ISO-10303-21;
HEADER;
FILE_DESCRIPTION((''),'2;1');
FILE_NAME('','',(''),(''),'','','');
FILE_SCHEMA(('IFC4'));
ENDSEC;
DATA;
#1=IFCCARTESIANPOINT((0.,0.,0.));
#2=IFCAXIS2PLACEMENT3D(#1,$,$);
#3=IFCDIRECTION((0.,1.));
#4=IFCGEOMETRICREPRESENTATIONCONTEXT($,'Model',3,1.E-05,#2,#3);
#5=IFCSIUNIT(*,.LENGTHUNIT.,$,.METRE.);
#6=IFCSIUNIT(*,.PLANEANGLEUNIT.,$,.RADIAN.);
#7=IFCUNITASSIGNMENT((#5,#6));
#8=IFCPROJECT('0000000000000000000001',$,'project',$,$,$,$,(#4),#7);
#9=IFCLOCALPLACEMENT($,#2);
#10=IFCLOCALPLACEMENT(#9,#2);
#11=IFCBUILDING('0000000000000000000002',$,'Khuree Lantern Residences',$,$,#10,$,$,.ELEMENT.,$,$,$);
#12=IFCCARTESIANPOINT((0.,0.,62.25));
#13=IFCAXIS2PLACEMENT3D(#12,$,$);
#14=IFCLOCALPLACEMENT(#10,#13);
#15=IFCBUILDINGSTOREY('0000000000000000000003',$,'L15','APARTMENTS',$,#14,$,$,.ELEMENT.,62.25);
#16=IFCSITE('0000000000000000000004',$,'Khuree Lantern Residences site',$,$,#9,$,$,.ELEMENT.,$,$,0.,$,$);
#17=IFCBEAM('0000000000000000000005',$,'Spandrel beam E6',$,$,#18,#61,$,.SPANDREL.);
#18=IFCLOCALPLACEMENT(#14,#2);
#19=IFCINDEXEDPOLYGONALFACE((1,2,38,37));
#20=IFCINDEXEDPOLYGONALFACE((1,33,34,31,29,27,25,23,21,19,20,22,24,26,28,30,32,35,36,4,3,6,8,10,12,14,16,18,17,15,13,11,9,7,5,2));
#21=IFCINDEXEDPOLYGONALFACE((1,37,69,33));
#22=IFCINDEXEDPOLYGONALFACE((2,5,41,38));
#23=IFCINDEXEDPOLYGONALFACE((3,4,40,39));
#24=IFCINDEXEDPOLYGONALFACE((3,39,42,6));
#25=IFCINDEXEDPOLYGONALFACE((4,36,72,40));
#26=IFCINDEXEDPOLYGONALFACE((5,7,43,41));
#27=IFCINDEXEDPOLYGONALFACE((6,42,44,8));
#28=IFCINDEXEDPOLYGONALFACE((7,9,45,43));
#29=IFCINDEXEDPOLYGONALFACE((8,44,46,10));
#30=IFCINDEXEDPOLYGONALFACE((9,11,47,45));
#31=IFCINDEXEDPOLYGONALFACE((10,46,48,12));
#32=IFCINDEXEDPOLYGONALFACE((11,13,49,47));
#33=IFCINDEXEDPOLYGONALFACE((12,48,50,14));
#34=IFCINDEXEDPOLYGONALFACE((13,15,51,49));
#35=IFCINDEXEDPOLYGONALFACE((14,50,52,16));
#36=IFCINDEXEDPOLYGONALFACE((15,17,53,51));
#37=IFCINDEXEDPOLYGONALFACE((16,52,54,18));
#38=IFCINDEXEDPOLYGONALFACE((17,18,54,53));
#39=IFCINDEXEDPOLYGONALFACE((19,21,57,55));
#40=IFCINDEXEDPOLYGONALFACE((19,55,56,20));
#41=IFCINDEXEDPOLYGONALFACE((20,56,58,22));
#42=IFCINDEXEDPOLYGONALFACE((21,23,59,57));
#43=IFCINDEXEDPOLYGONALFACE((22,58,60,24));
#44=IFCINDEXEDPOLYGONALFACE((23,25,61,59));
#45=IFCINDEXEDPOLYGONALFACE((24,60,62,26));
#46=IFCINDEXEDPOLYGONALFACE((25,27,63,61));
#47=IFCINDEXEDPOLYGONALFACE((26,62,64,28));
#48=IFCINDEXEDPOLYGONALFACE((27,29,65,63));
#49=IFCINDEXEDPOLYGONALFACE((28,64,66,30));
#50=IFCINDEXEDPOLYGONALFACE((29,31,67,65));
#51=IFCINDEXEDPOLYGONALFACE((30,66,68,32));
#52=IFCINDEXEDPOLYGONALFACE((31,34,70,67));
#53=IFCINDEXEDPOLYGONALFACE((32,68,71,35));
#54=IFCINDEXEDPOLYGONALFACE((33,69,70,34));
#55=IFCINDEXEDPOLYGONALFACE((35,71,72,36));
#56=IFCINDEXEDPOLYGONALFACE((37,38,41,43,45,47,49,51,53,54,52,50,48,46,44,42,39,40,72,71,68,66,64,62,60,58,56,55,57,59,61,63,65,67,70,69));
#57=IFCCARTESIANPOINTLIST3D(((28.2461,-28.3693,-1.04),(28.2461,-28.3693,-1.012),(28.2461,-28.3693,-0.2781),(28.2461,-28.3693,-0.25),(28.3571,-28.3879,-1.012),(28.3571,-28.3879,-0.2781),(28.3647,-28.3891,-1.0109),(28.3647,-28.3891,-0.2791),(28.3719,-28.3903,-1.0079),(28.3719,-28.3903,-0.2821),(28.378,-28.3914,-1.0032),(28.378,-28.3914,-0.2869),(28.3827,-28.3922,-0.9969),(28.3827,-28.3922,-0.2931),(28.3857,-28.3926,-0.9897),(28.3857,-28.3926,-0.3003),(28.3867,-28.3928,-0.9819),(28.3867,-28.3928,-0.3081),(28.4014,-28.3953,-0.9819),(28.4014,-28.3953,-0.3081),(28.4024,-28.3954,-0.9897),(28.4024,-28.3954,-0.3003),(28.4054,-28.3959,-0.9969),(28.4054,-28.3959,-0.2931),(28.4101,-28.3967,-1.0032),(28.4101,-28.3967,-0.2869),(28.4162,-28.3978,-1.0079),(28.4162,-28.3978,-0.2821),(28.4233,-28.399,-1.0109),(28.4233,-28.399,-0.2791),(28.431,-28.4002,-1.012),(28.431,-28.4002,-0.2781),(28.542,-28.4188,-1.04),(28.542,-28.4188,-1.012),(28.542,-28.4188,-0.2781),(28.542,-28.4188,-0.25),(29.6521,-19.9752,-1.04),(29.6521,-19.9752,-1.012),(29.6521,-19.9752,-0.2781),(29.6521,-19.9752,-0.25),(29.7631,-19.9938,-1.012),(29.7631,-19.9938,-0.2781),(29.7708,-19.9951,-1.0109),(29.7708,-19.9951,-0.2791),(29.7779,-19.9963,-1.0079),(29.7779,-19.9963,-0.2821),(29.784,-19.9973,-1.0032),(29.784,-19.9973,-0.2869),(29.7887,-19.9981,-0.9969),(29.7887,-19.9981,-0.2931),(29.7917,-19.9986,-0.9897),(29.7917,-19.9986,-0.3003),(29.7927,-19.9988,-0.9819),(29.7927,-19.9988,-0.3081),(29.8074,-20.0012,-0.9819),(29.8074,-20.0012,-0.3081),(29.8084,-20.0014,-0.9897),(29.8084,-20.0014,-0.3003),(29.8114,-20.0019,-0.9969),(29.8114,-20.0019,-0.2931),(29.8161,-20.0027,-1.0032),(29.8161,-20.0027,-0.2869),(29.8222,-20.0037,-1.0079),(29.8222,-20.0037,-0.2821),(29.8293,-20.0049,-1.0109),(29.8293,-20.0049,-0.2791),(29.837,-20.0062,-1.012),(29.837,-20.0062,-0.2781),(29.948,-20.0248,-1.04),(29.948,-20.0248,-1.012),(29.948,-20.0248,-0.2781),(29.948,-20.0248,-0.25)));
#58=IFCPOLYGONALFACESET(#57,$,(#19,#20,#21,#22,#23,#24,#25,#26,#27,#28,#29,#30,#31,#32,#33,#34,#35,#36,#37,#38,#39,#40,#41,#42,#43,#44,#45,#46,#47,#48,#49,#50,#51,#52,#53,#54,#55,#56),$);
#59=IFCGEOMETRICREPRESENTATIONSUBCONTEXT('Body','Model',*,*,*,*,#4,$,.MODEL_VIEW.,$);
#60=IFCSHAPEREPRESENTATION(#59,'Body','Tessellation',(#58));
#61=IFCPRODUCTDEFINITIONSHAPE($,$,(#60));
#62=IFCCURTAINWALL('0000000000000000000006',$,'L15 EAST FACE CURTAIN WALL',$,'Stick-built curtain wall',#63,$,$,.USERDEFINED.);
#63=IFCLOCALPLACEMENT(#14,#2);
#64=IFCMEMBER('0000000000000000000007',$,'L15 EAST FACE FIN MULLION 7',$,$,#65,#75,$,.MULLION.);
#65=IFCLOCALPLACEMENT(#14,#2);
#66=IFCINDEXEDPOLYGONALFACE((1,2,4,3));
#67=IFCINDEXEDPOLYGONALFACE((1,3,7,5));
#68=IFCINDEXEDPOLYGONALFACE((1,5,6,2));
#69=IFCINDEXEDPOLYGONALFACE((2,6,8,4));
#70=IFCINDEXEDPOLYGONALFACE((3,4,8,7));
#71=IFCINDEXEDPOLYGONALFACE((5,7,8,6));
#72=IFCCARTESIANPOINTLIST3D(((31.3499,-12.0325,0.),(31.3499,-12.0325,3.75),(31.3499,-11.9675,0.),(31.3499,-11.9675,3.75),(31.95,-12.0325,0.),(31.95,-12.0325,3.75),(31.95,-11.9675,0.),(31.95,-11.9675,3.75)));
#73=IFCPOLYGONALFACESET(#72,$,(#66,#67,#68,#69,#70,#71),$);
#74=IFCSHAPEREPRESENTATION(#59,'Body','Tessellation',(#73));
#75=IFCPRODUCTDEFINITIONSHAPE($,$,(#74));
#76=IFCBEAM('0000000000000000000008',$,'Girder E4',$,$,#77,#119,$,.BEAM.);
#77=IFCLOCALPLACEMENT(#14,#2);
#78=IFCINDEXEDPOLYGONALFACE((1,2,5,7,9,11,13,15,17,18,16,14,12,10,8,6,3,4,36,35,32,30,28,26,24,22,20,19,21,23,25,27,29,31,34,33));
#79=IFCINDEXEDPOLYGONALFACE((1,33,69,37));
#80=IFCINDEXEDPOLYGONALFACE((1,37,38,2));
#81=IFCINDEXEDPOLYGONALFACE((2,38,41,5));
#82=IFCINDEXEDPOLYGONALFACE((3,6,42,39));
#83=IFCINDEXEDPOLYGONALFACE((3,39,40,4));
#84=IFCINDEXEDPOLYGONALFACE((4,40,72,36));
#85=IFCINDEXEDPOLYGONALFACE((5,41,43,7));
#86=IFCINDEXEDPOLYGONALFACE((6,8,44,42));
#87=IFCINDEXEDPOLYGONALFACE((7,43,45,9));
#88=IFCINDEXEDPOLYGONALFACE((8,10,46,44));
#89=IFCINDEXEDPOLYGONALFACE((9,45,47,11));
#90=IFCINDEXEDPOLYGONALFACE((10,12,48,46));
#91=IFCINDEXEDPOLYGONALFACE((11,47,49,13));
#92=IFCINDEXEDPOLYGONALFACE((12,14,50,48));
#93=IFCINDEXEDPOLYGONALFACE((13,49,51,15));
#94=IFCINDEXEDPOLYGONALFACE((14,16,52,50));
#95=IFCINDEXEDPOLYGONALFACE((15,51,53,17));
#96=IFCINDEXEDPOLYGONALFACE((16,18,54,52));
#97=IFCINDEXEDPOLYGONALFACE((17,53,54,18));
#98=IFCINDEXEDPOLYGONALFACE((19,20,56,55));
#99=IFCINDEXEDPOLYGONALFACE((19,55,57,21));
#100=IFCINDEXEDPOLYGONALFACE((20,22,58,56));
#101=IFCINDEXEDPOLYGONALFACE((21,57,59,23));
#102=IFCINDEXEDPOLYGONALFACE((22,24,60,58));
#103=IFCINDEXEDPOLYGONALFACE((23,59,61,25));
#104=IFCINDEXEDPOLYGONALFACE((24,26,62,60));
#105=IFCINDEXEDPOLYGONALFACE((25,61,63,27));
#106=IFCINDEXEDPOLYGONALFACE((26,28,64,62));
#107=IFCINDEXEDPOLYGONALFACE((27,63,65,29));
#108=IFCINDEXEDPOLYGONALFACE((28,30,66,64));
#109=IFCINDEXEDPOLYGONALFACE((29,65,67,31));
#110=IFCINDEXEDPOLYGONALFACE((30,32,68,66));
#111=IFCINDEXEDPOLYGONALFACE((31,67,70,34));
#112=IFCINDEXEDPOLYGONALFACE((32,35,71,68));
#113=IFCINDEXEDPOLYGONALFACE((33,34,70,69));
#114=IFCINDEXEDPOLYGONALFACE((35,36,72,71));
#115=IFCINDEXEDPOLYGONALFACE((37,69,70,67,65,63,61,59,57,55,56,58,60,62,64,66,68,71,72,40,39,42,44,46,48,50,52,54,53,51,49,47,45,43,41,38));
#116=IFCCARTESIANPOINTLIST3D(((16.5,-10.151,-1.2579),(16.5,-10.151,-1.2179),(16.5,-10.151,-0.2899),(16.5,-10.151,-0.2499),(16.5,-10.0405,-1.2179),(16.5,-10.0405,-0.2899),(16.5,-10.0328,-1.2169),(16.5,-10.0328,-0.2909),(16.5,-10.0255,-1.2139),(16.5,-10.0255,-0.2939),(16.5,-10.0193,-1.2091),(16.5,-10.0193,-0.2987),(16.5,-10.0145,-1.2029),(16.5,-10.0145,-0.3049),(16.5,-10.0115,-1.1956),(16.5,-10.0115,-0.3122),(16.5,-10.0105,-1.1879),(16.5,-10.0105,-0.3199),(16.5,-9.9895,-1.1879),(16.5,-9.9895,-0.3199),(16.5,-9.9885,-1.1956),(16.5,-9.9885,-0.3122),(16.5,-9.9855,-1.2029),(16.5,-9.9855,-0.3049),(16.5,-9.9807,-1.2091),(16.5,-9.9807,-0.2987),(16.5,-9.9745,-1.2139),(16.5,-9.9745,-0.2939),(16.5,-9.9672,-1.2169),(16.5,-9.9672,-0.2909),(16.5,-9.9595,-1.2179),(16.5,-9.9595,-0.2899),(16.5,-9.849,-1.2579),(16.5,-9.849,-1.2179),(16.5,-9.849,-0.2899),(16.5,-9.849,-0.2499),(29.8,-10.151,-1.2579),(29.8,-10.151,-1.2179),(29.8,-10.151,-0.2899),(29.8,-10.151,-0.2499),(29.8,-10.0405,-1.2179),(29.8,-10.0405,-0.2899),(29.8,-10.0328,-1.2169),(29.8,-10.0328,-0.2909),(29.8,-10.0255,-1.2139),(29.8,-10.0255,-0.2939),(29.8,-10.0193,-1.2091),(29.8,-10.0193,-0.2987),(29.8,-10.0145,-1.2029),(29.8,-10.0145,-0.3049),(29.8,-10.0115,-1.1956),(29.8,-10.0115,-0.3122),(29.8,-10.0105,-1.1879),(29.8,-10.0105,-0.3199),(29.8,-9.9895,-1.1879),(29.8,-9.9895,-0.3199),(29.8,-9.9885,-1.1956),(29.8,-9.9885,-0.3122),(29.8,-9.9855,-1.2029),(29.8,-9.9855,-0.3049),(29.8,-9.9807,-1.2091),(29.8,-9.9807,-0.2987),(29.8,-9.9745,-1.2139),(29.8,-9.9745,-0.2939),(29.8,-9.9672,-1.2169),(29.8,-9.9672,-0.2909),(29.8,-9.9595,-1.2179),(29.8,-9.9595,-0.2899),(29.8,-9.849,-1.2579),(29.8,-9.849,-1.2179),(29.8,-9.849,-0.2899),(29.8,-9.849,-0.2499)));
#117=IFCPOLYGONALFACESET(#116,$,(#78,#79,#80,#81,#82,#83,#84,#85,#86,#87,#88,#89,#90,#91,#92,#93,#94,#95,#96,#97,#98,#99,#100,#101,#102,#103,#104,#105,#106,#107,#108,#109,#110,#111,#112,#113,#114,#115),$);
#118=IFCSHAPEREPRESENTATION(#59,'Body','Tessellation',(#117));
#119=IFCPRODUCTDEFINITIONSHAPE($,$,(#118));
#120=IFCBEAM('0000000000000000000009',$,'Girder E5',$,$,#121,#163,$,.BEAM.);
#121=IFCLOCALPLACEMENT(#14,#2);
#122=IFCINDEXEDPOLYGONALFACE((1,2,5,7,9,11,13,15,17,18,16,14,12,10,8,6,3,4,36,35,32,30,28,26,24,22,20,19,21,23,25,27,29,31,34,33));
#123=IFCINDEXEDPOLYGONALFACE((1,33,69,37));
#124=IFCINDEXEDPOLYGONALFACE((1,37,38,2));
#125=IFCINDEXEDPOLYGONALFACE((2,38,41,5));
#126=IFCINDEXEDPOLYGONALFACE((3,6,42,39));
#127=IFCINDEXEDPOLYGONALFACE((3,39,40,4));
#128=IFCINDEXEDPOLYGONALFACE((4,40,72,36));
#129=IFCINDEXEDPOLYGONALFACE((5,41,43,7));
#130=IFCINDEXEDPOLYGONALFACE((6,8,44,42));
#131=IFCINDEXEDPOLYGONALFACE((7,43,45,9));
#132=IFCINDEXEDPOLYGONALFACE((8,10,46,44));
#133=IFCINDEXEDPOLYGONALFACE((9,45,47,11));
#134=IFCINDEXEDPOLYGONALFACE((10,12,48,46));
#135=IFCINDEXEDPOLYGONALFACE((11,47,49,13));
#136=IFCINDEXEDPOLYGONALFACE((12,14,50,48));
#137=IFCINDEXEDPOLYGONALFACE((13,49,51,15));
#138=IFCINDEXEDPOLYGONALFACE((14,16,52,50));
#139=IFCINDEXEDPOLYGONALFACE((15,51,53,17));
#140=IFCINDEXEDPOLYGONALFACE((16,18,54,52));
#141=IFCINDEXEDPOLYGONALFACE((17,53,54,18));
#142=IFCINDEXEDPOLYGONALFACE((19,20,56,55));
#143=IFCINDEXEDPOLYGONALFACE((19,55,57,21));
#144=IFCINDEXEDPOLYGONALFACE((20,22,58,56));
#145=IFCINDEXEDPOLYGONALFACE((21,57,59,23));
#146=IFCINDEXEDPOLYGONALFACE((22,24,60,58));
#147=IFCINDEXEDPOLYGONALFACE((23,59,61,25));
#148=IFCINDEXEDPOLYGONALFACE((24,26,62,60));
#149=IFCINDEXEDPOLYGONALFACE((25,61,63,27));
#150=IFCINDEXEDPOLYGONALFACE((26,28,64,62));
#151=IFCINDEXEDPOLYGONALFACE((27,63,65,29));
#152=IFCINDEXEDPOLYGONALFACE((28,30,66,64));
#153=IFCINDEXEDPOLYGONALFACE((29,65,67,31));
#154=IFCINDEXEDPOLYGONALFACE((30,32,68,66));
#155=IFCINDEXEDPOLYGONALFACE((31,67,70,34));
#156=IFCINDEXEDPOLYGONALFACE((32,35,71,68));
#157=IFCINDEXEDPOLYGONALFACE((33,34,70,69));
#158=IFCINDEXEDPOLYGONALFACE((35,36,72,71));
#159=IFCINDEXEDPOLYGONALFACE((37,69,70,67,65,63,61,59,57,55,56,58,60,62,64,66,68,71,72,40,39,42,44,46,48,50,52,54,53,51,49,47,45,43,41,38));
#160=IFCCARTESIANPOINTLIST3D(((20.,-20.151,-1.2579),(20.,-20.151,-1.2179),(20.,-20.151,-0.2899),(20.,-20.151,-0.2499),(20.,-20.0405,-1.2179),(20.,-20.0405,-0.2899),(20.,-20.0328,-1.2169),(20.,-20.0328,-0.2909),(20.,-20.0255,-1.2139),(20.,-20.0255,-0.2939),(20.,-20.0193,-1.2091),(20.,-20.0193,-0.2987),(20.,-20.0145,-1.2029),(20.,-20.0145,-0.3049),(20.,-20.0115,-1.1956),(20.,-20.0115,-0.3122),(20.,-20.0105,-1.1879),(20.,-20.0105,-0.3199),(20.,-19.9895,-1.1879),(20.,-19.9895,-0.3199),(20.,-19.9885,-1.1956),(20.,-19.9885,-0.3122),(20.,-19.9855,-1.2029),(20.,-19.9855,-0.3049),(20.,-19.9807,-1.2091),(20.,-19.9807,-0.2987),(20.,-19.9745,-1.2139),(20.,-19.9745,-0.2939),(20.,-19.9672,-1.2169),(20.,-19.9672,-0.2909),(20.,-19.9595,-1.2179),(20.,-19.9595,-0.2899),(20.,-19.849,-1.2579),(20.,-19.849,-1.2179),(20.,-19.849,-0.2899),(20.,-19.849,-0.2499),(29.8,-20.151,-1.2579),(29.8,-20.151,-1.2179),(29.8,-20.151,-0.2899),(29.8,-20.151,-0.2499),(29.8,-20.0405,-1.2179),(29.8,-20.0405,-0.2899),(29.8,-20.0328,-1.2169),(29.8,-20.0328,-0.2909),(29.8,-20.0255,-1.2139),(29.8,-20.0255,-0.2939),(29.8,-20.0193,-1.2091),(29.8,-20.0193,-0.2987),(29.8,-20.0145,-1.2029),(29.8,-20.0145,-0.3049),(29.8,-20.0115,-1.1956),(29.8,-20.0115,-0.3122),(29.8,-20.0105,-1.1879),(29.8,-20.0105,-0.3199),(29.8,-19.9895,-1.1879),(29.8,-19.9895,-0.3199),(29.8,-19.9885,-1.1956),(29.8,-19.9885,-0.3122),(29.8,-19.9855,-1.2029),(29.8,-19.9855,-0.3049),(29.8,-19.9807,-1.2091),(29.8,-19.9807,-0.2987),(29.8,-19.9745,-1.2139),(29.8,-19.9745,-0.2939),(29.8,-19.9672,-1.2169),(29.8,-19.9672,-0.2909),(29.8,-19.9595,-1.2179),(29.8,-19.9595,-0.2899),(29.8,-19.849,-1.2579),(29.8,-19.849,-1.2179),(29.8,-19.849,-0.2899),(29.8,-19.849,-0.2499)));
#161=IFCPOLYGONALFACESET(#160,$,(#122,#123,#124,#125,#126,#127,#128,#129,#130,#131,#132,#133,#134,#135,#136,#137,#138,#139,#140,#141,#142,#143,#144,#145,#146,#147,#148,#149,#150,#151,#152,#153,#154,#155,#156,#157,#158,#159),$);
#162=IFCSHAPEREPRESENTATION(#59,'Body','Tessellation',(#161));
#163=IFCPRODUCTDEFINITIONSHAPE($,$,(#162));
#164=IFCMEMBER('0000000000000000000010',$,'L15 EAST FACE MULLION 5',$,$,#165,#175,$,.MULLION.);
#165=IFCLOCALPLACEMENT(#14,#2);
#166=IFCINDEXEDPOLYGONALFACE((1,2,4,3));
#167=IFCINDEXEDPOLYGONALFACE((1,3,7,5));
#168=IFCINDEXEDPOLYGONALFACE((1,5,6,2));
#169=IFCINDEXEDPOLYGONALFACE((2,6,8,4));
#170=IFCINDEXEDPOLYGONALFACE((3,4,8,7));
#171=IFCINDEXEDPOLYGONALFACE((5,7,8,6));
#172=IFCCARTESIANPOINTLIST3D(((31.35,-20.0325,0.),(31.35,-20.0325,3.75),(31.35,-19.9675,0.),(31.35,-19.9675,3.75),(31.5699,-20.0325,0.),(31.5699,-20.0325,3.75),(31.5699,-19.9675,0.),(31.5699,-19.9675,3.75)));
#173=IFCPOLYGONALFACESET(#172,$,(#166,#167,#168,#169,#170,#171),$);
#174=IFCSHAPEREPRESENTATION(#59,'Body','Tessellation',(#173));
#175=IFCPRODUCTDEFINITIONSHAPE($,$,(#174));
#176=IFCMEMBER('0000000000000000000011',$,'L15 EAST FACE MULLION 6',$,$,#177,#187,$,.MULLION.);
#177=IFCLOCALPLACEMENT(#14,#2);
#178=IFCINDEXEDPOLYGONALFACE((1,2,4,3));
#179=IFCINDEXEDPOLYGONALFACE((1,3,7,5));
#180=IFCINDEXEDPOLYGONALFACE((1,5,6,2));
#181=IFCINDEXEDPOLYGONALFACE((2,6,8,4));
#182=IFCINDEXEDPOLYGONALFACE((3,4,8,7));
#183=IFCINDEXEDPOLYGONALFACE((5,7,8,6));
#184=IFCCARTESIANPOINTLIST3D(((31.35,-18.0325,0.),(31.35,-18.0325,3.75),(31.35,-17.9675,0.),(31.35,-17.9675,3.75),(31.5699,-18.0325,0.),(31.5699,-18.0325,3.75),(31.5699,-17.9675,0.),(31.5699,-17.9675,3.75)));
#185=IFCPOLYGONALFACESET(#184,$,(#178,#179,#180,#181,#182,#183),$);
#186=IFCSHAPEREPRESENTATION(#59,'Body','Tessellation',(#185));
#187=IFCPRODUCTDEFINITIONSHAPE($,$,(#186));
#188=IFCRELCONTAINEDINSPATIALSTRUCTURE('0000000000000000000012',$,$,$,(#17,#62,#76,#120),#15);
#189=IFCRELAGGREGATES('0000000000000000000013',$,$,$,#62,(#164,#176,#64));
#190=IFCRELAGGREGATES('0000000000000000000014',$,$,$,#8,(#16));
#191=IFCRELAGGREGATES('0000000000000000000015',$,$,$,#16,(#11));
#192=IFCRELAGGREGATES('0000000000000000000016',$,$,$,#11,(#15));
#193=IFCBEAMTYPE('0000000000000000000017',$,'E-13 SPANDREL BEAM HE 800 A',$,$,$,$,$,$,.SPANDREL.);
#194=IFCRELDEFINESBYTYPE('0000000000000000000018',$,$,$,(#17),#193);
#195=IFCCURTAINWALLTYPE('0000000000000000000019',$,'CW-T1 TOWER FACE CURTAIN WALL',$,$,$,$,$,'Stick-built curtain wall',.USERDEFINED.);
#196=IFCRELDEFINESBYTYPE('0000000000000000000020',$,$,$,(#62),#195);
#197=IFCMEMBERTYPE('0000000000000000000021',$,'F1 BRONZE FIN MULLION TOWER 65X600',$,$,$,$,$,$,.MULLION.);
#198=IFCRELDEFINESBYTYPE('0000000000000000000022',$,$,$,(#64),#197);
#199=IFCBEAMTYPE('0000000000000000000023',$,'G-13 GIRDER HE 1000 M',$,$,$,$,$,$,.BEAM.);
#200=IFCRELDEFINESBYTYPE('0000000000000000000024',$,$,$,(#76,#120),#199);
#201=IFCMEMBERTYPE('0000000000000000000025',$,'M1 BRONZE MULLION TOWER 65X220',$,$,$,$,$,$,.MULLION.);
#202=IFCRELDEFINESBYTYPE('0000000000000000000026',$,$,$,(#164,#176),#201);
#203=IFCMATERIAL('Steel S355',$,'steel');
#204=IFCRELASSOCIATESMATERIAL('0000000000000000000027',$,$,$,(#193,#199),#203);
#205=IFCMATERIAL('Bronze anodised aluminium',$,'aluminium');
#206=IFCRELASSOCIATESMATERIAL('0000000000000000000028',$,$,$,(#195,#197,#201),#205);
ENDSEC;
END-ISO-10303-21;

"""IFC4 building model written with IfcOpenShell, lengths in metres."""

from ifc_helpers import new_model, si_unit, direction, frame, origin, origin_2d, place, context, subcontext, project, spatial, rectangle, i_section, extrude, material, material_profile, profile_set, type_object, element, aggregate, save


model = new_model("IFC4")

# Units and contexts
model_context = context("Model", 3, precision=1e-05, world=origin(), true_north=direction((0.0, 1.0)))
body_context = subcontext(model_context, "Body", "Model", "MODEL_VIEW")
ifc_project = project(units=[si_unit("LENGTHUNIT", "METRE"), si_unit("PLANEANGLEUNIT", "RADIAN")], contexts=[model_context])

# Site, building, storey
site_placement = place(None, origin())
site = spatial("IfcSite", under=ifc_project, at=site_placement, Name="Khuree Lantern Residences site", CompositionType="ELEMENT", RefElevation=0.0)
building_placement = place(site_placement, origin())
building = spatial("IfcBuilding", under=site, at=building_placement, Name="Khuree Lantern Residences", CompositionType="ELEMENT")
storey_placement = place(building_placement, frame((0.0, 0.0, 62.25)))
storey = spatial("IfcBuildingStorey", under=building, at=storey_placement, Name="L15", Description="APARTMENTS", CompositionType="ELEMENT", Elevation=62.25)

# Beam
ifc_material_1 = material(Name="Steel S355", Category="steel")
ifc_material_profile_1 = material_profile(ifc_material_1, i_section(OverallWidth=0.3, OverallDepth=0.79, WebThickness=0.0149, FlangeThickness=0.0281, FilletRadius=0.03, at=origin_2d()), Name="HE 800 A")
ifc_profile_set_1 = profile_set([ifc_material_profile_1], Name="Steel S355")
beam_type_1 = type_object("IfcBeamType", Name="E-13 SPANDREL BEAM HE 800 A", PredefinedType="SPANDREL", material=ifc_profile_set_1)
beam_1_placement = place(storey_placement, frame((29.8, -20.0, -0.645), z_axis=(-0.165199, -0.98626, 0.0), x_axis=(0.98626, -0.165199, 0.0)))
element("IfcBeam", 1, at=beam_1_placement, inside=storey, type_object=beam_type_1, Name="Spandrel beam E6", PredefinedType="SPANDREL", context=body_context, shape_type="SweptSolid", body=[
    extrude(i_section(OverallWidth=0.3, OverallDepth=0.79, WebThickness=0.0149, FlangeThickness=0.0281, FilletRadius=0.03, at=origin_2d()), origin(), (0.0, 0.0, 1.0), 8.511),
])

# Curtain wall, member
ifc_material_2 = material(Name="Bronze anodised aluminium", Category="aluminium")
curtain_wall_type = type_object("IfcCurtainWallType", Name="CW-T1 TOWER FACE CURTAIN WALL", ElementType="Stick-built curtain wall", PredefinedType="USERDEFINED", material=ifc_material_2)
curtain_wall_placement = place(storey_placement, origin())
curtain_wall = element("IfcCurtainWall", 2, at=curtain_wall_placement, inside=storey, type_object=curtain_wall_type, Name="L15 EAST FACE CURTAIN WALL", ObjectType="Stick-built curtain wall", PredefinedType="USERDEFINED")
ifc_material_profile_2 = material_profile(ifc_material_2, rectangle(XDim=0.0649, YDim=0.6001, at=origin_2d()), Name="F1 65X600")
ifc_profile_set_2 = profile_set([ifc_material_profile_2], Name="Bronze anodised aluminium")
member_type_1 = type_object("IfcMemberType", Name="F1 BRONZE FIN MULLION TOWER 65X600", PredefinedType="MULLION", material=ifc_profile_set_2)
member_1_placement = place(storey_placement, frame((31.6499, -12.0, 0.0), z_axis=(0.0, 0.0, 1.0), x_axis=(0.0, 1.0, 0.0)))
member_1 = element("IfcMember", 3, at=member_1_placement, type_object=member_type_1, Name="L15 EAST FACE FIN MULLION 7", PredefinedType="MULLION", context=body_context, shape_type="SweptSolid", body=[
    extrude(rectangle(XDim=0.0649, YDim=0.6001, at=origin_2d()), origin(), (0.0, 0.0, 1.0), 3.75),
])

# Beams
ifc_material_profile_3 = material_profile(ifc_material_1, i_section(OverallWidth=0.302, OverallDepth=1.0081, WebThickness=0.021, FlangeThickness=0.04, FilletRadius=0.03, at=origin_2d()), Name="HE 1000 M")
ifc_profile_set_3 = profile_set([ifc_material_profile_3], Name="Steel S355")
beam_type_2 = type_object("IfcBeamType", Name="G-13 GIRDER HE 1000 M", PredefinedType="BEAM", material=ifc_profile_set_3)
beam_2_placement = place(storey_placement, frame((29.8, -10.0, -0.7539), z_axis=(-1.0, 0.0, 0.0), x_axis=(0.0, -1.0, 0.0)))
element("IfcBeam", 4, at=beam_2_placement, inside=storey, type_object=beam_type_2, Name="Girder E4", PredefinedType="BEAM", context=body_context, shape_type="SweptSolid", body=[
    extrude(i_section(OverallWidth=0.302, OverallDepth=1.0081, WebThickness=0.021, FlangeThickness=0.04, FilletRadius=0.03, at=origin_2d()), origin(), (0.0, 0.0, 1.0), 13.3),
])
beam_3_placement = place(storey_placement, frame((29.8, -20.0, -0.7539), z_axis=(-1.0, 0.0, 0.0), x_axis=(0.0, -1.0, 0.0)))
element("IfcBeam", 5, at=beam_3_placement, inside=storey, type_object=beam_type_2, Name="Girder E5", PredefinedType="BEAM", context=body_context, shape_type="SweptSolid", body=[
    extrude(i_section(OverallWidth=0.302, OverallDepth=1.0081, WebThickness=0.021, FlangeThickness=0.04, FilletRadius=0.03, at=origin_2d()), origin(), (0.0, 0.0, 1.0), 9.8),
])

# Members
ifc_material_profile_4 = material_profile(ifc_material_2, rectangle(XDim=0.0649, YDim=0.22, at=origin_2d()), Name="M1 65X220")
ifc_profile_set_4 = profile_set([ifc_material_profile_4], Name="Bronze anodised aluminium")
member_type_2 = type_object("IfcMemberType", Name="M1 BRONZE MULLION TOWER 65X220", PredefinedType="MULLION", material=ifc_profile_set_4)
member_2_placement = place(storey_placement, frame((31.46, -20.0, 0.0), z_axis=(0.0, 0.0, 1.0), x_axis=(0.0, 1.0, 0.0)))
member_2 = element("IfcMember", 6, at=member_2_placement, type_object=member_type_2, Name="L15 EAST FACE MULLION 5", PredefinedType="MULLION", context=body_context, shape_type="SweptSolid", body=[
    extrude(rectangle(XDim=0.0649, YDim=0.22, at=origin_2d()), origin(), (0.0, 0.0, 1.0), 3.75),
])
member_3_placement = place(storey_placement, frame((31.46, -18.0, 0.0), z_axis=(0.0, 0.0, 1.0), x_axis=(0.0, 1.0, 0.0)))
member_3 = element("IfcMember", 7, at=member_3_placement, type_object=member_type_2, Name="L15 EAST FACE MULLION 6", PredefinedType="MULLION", context=body_context, shape_type="SweptSolid", body=[
    extrude(rectangle(XDim=0.0649, YDim=0.22, at=origin_2d()), origin(), (0.0, 0.0, 1.0), 3.75),
])

aggregate(curtain_wall, [member_2, member_3, member_1])

save(model, "model.ifc")
